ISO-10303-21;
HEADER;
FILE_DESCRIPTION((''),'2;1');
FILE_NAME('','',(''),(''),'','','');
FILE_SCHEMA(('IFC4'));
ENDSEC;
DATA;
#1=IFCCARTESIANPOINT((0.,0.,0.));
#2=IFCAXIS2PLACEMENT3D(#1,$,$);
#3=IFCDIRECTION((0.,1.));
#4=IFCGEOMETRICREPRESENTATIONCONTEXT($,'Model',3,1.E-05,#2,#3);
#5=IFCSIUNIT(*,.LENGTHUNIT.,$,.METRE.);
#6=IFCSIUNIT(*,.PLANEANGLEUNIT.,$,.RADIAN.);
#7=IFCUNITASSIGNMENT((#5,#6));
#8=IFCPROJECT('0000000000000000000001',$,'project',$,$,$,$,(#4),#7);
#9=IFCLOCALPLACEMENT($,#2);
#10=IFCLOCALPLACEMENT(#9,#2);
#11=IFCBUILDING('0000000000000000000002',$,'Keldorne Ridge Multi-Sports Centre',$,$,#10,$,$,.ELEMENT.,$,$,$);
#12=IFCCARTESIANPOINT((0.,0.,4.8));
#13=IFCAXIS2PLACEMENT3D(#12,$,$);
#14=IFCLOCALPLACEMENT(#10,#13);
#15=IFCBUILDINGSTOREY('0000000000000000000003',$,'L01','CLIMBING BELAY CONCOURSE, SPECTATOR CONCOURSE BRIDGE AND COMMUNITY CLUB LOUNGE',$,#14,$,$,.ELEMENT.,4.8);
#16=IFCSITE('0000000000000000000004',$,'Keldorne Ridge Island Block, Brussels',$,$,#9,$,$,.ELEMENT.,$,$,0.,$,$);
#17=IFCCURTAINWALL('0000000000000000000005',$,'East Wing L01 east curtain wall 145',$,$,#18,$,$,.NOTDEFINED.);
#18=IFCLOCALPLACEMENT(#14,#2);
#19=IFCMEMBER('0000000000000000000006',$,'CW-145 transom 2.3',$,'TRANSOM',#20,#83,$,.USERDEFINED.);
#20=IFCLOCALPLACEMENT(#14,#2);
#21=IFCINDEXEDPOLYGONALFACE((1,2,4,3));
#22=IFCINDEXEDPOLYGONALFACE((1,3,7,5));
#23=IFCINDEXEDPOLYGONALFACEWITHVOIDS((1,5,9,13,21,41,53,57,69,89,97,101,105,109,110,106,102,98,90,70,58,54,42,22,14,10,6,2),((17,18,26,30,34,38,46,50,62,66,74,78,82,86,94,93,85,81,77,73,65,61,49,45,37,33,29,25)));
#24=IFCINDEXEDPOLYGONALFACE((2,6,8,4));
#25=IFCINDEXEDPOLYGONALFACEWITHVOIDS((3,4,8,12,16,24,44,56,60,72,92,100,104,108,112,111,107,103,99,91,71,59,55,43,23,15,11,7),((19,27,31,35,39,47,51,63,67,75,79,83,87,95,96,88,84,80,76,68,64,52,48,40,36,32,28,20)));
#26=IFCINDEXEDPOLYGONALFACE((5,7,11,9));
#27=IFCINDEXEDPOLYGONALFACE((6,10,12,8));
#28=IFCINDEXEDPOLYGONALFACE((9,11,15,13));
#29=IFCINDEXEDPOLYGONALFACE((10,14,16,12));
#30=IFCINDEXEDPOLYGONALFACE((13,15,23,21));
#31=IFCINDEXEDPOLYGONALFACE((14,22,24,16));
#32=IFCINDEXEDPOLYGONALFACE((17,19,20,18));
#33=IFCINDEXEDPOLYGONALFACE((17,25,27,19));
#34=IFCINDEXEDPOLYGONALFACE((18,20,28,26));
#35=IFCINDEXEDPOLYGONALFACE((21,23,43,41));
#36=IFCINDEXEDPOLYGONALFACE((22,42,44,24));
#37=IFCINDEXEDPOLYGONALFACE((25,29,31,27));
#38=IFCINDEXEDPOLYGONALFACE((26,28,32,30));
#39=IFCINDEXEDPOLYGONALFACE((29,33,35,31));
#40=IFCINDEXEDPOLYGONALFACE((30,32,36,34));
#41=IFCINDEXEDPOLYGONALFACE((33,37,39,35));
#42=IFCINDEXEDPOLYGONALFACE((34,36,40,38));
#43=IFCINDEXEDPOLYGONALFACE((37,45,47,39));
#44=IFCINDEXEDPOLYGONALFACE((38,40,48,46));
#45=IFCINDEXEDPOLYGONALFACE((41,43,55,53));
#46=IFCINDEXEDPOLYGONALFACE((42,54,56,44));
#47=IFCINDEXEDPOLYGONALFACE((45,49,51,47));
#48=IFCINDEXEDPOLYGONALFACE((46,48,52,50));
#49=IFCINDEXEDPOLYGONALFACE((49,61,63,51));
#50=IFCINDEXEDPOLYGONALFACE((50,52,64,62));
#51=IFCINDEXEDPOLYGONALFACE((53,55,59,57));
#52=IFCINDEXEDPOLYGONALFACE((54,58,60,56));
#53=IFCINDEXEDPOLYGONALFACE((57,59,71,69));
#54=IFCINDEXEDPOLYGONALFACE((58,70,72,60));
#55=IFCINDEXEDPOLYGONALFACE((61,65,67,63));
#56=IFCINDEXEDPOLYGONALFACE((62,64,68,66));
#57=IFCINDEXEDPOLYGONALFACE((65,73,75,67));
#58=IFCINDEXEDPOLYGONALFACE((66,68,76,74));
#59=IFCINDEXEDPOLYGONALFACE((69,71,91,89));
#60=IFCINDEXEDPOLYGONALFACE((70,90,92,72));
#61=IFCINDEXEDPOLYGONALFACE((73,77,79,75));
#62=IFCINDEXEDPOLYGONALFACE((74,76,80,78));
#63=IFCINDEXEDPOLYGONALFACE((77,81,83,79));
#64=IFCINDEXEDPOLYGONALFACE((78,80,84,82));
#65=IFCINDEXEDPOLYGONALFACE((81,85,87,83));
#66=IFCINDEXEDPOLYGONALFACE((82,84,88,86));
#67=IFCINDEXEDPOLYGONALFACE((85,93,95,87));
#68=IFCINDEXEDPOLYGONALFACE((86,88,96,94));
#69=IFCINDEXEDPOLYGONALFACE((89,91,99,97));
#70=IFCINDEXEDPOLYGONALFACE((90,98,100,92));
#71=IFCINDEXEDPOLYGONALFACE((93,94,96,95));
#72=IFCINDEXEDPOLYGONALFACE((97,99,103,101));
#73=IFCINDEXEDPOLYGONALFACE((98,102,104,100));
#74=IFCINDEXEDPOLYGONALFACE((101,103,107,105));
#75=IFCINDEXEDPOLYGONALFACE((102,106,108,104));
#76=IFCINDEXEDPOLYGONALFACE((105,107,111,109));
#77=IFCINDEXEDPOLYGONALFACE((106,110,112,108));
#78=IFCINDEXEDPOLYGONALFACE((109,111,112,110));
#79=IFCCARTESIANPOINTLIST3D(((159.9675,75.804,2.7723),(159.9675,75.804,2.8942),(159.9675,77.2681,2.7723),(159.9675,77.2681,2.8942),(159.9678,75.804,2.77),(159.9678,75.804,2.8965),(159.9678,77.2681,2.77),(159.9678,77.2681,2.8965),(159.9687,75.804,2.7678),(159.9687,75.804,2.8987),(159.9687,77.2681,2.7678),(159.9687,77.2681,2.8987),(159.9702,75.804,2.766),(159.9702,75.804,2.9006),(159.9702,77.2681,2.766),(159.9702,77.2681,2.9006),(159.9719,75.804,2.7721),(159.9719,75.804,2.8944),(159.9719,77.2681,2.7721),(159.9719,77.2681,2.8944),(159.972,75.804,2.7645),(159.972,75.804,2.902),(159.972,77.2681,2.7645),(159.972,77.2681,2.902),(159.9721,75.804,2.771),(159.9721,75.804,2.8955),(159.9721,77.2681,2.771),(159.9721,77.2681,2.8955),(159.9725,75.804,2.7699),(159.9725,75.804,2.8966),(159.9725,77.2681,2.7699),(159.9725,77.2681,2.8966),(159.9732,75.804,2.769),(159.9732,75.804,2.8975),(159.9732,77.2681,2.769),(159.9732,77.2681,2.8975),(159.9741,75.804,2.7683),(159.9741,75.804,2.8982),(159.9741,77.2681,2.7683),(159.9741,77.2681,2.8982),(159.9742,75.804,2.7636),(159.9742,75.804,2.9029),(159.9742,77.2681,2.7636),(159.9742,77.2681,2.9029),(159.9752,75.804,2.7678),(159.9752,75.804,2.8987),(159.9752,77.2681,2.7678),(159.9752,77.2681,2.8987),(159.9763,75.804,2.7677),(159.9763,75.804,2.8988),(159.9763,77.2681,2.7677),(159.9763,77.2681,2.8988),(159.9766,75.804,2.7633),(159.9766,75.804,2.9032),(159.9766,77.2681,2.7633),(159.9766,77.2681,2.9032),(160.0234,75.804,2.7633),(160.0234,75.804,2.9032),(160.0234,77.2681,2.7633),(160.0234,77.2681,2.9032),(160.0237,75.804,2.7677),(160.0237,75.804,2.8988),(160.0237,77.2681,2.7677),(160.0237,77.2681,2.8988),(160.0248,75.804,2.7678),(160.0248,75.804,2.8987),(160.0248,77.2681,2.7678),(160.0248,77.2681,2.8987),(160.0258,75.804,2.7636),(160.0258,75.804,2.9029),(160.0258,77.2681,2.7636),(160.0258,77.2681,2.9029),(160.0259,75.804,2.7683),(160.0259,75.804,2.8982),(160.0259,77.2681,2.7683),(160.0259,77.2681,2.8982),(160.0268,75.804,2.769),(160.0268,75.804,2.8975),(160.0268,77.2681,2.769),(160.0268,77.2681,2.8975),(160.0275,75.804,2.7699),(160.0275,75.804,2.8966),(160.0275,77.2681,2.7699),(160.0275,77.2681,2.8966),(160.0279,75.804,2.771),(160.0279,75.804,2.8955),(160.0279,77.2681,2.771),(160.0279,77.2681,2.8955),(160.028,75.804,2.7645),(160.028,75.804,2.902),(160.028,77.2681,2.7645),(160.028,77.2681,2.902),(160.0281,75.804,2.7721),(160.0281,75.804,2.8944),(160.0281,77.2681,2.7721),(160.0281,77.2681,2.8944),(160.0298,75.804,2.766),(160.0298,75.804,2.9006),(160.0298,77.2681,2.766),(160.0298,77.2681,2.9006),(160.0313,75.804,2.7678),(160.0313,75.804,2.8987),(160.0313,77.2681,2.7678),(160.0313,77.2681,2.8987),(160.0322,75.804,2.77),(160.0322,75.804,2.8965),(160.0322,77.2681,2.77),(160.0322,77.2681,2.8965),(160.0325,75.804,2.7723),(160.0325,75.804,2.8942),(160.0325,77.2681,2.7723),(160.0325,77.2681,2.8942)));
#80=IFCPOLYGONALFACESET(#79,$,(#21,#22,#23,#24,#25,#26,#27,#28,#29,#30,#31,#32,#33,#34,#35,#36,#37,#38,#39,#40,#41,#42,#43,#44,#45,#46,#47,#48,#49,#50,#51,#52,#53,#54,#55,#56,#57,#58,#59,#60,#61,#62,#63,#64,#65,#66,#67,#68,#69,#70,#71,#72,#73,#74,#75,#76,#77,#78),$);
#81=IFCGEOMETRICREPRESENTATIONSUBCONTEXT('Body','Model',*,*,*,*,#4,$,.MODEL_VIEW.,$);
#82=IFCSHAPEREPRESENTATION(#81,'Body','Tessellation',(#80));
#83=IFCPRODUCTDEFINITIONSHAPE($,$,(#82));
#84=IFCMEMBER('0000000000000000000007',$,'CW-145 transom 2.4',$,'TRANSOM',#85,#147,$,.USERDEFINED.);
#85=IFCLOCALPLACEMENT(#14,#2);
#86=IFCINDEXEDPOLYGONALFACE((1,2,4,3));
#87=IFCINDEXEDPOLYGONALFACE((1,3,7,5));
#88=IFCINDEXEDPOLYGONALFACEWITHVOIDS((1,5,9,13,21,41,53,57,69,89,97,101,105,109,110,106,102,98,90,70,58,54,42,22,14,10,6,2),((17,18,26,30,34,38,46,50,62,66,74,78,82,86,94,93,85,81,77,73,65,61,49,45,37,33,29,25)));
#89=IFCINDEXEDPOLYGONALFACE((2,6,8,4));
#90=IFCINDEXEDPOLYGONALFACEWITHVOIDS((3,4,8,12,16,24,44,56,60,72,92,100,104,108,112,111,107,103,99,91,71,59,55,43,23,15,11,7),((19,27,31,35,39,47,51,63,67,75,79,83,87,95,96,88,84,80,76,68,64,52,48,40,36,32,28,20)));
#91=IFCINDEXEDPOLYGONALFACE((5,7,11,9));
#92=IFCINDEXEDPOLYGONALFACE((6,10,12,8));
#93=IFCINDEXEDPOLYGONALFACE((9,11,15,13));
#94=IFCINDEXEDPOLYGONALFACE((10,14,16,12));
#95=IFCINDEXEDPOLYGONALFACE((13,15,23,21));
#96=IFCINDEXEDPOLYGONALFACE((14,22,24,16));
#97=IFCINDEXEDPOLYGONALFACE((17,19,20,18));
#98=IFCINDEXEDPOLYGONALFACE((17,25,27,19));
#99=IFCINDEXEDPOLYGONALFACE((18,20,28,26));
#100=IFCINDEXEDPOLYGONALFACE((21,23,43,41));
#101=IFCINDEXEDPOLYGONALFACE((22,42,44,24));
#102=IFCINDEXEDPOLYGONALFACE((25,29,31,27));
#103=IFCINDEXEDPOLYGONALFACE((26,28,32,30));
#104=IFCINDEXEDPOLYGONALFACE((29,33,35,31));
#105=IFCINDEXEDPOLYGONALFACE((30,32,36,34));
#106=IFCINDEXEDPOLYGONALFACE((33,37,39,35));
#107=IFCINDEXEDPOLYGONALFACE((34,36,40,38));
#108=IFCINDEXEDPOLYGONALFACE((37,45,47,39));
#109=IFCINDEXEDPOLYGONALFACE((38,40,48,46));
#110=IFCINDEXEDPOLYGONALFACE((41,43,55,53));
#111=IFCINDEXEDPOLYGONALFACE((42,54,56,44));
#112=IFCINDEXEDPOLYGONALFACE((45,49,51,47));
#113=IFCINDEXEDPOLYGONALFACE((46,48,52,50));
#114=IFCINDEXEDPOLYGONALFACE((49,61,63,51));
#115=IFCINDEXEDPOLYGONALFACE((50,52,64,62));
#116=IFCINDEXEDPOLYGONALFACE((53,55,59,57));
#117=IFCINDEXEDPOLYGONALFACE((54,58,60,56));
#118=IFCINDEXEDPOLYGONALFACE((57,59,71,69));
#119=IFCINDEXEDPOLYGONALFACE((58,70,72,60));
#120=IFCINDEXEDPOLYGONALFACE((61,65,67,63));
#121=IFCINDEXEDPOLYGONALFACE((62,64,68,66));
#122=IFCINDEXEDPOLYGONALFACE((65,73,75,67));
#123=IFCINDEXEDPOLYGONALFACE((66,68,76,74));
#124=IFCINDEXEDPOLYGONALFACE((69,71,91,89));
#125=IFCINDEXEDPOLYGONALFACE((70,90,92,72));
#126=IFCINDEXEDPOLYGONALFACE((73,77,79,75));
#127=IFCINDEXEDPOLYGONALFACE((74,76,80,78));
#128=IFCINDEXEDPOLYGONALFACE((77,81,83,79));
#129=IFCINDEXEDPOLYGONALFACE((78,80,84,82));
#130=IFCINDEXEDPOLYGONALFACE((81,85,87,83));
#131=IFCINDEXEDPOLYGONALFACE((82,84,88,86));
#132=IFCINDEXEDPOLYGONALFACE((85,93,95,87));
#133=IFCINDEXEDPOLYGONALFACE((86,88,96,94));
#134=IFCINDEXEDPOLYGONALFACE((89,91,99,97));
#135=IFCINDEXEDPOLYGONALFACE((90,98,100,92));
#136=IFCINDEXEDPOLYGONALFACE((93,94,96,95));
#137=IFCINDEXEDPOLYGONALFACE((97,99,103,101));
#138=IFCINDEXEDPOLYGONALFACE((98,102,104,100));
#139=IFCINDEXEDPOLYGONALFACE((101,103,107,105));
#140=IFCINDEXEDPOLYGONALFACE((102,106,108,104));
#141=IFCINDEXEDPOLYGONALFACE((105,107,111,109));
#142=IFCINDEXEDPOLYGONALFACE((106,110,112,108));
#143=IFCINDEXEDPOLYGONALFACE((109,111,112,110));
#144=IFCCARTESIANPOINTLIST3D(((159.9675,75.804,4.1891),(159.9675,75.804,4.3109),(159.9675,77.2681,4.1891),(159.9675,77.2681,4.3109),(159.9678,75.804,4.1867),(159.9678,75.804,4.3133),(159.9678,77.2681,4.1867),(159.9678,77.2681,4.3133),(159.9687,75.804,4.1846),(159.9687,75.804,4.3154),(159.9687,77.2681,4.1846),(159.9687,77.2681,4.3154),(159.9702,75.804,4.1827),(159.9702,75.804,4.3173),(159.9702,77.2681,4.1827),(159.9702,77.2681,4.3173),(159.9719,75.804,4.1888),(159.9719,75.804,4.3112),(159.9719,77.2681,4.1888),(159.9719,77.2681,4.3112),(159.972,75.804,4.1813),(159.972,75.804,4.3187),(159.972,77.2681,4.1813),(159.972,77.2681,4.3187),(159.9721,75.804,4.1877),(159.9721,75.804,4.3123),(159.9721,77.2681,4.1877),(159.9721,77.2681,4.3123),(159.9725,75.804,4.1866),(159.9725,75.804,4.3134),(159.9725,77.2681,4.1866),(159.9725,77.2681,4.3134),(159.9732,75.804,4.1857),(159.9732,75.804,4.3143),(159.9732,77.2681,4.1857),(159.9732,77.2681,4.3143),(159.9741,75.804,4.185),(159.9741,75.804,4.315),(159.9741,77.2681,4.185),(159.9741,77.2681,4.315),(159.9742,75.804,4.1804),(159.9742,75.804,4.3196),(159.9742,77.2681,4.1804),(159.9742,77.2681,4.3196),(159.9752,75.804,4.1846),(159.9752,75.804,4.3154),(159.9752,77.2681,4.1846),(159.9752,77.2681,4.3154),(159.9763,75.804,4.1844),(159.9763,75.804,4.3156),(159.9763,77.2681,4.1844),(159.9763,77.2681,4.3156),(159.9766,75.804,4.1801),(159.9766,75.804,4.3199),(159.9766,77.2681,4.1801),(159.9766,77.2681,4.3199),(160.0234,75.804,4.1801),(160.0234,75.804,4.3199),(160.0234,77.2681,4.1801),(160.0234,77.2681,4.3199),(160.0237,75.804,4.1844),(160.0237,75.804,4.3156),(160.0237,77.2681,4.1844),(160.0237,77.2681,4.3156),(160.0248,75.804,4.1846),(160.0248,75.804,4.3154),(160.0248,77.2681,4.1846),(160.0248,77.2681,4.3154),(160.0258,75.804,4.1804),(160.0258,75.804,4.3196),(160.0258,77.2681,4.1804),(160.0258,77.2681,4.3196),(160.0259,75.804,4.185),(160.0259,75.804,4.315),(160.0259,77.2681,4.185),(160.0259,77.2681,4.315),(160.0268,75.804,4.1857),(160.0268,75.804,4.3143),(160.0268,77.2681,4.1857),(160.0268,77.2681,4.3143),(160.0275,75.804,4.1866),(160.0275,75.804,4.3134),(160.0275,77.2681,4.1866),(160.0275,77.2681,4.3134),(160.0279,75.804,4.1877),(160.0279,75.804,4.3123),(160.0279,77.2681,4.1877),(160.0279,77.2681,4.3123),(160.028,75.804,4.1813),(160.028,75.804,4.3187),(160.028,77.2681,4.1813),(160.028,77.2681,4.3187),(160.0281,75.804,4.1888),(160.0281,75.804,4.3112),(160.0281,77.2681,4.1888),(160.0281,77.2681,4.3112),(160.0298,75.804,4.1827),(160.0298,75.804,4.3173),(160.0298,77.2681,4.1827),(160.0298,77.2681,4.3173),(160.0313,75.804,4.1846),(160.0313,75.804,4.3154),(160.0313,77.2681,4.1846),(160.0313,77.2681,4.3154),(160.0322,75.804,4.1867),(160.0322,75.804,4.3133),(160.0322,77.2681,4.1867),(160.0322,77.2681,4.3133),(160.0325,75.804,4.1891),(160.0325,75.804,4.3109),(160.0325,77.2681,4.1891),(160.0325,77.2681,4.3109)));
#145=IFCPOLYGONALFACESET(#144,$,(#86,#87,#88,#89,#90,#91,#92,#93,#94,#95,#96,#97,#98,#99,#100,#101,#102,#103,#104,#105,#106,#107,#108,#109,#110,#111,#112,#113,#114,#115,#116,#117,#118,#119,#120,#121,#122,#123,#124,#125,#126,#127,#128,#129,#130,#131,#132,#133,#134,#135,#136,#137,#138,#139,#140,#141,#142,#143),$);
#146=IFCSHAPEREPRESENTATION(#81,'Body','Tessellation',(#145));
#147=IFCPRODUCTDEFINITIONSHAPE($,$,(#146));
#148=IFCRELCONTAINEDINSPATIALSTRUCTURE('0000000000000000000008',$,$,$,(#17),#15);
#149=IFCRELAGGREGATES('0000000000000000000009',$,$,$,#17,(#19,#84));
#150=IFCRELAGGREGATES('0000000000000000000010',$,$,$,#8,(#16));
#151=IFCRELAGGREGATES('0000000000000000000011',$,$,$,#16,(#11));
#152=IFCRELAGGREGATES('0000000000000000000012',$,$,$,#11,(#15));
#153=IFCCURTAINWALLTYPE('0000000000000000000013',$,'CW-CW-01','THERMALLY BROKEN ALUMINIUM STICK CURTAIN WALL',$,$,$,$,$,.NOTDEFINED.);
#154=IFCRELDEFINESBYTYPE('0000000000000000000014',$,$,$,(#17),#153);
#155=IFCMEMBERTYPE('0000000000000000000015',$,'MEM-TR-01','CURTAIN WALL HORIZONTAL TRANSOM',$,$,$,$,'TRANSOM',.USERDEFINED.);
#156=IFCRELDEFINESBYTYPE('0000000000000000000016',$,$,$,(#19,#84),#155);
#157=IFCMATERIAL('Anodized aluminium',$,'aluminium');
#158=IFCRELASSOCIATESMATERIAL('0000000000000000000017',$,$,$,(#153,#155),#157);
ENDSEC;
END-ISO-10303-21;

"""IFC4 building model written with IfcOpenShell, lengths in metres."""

from ifc_helpers import new_model, si_unit, direction, frame, origin, origin_2d, place, context, subcontext, project, spatial, hollow_rectangle, extrude, material, material_profile, profile_set, type_object, element, aggregate, save


model = new_model("IFC4")

# Units and contexts
model_context = context("Model", 3, precision=1e-05, world=origin(), true_north=direction((0.0, 1.0)))
body_context = subcontext(model_context, "Body", "Model", "MODEL_VIEW")
ifc_project = project(units=[si_unit("LENGTHUNIT", "METRE"), si_unit("PLANEANGLEUNIT", "RADIAN")], contexts=[model_context])

# Site, building, storey
site_placement = place(None, origin())
site = spatial("IfcSite", under=ifc_project, at=site_placement, Name="Keldorne Ridge Island Block, Brussels", CompositionType="ELEMENT", RefElevation=0.0)
building_placement = place(site_placement, origin())
building = spatial("IfcBuilding", under=site, at=building_placement, Name="Keldorne Ridge Multi-Sports Centre", CompositionType="ELEMENT")
storey_placement = place(building_placement, frame((0.0, 0.0, 4.8)))
storey = spatial("IfcBuildingStorey", under=building, at=storey_placement, Name="L01", Description="CLIMBING BELAY CONCOURSE, SPECTATOR CONCOURSE BRIDGE AND COMMUNITY CLUB LOUNGE", CompositionType="ELEMENT", Elevation=4.8)

# Curtain wall, members
ifc_material_1 = material(Name="Anodized aluminium", Category="aluminium")
curtain_wall_type = type_object("IfcCurtainWallType", Name="CW-CW-01", Description="THERMALLY BROKEN ALUMINIUM STICK CURTAIN WALL", PredefinedType="NOTDEFINED", material=ifc_material_1)
curtain_wall_placement = place(storey_placement, origin())
curtain_wall = element("IfcCurtainWall", 1, at=curtain_wall_placement, inside=storey, type_object=curtain_wall_type, Name="East Wing L01 east curtain wall 145", PredefinedType="NOTDEFINED")
ifc_material_profile_1 = material_profile(ifc_material_1, hollow_rectangle(XDim=0.0649, YDim=0.1399, WallThickness=0.0044, InnerFilletRadius=0.0044, OuterFilletRadius=0.009, at=origin_2d()), Name="ALU TRANSOM 140x65x4.5")
ifc_profile_set_1 = profile_set([ifc_material_profile_1], Name="Anodized aluminium")
member_type_1 = type_object("IfcMemberType", Name="MEM-TR-01", Description="CURTAIN WALL HORIZONTAL TRANSOM", ElementType="TRANSOM", PredefinedType="USERDEFINED", material=ifc_profile_set_1)
member_1_placement = place(storey_placement, frame((160.0, 75.804, 2.8333), z_axis=(0.0, 1.0, 0.0), x_axis=(-1.0, 0.0, 0.0)))
member_1 = element("IfcMember", 2, at=member_1_placement, type_object=member_type_1, Name="CW-145 transom 2.3", ObjectType="TRANSOM", PredefinedType="USERDEFINED", context=body_context, shape_type="SweptSolid", body=[
    extrude(hollow_rectangle(XDim=0.0649, YDim=0.1399, WallThickness=0.0044, InnerFilletRadius=0.0044, OuterFilletRadius=0.009, at=origin_2d()), origin(), (0.0, 0.0, 1.0), 1.4641),
])
member_2_placement = place(storey_placement, frame((160.0, 75.804, 4.25), z_axis=(0.0, 1.0, 0.0), x_axis=(-1.0, 0.0, 0.0)))
member_2 = element("IfcMember", 3, at=member_2_placement, type_object=member_type_1, Name="CW-145 transom 2.4", ObjectType="TRANSOM", PredefinedType="USERDEFINED", context=body_context, shape_type="SweptSolid", body=[
    extrude(hollow_rectangle(XDim=0.0649, YDim=0.1399, WallThickness=0.0044, InnerFilletRadius=0.0044, OuterFilletRadius=0.009, at=origin_2d()), origin(), (0.0, 0.0, 1.0), 1.4641),
])
aggregate(curtain_wall, [member_1, member_2])

save(model, "model.ifc")
